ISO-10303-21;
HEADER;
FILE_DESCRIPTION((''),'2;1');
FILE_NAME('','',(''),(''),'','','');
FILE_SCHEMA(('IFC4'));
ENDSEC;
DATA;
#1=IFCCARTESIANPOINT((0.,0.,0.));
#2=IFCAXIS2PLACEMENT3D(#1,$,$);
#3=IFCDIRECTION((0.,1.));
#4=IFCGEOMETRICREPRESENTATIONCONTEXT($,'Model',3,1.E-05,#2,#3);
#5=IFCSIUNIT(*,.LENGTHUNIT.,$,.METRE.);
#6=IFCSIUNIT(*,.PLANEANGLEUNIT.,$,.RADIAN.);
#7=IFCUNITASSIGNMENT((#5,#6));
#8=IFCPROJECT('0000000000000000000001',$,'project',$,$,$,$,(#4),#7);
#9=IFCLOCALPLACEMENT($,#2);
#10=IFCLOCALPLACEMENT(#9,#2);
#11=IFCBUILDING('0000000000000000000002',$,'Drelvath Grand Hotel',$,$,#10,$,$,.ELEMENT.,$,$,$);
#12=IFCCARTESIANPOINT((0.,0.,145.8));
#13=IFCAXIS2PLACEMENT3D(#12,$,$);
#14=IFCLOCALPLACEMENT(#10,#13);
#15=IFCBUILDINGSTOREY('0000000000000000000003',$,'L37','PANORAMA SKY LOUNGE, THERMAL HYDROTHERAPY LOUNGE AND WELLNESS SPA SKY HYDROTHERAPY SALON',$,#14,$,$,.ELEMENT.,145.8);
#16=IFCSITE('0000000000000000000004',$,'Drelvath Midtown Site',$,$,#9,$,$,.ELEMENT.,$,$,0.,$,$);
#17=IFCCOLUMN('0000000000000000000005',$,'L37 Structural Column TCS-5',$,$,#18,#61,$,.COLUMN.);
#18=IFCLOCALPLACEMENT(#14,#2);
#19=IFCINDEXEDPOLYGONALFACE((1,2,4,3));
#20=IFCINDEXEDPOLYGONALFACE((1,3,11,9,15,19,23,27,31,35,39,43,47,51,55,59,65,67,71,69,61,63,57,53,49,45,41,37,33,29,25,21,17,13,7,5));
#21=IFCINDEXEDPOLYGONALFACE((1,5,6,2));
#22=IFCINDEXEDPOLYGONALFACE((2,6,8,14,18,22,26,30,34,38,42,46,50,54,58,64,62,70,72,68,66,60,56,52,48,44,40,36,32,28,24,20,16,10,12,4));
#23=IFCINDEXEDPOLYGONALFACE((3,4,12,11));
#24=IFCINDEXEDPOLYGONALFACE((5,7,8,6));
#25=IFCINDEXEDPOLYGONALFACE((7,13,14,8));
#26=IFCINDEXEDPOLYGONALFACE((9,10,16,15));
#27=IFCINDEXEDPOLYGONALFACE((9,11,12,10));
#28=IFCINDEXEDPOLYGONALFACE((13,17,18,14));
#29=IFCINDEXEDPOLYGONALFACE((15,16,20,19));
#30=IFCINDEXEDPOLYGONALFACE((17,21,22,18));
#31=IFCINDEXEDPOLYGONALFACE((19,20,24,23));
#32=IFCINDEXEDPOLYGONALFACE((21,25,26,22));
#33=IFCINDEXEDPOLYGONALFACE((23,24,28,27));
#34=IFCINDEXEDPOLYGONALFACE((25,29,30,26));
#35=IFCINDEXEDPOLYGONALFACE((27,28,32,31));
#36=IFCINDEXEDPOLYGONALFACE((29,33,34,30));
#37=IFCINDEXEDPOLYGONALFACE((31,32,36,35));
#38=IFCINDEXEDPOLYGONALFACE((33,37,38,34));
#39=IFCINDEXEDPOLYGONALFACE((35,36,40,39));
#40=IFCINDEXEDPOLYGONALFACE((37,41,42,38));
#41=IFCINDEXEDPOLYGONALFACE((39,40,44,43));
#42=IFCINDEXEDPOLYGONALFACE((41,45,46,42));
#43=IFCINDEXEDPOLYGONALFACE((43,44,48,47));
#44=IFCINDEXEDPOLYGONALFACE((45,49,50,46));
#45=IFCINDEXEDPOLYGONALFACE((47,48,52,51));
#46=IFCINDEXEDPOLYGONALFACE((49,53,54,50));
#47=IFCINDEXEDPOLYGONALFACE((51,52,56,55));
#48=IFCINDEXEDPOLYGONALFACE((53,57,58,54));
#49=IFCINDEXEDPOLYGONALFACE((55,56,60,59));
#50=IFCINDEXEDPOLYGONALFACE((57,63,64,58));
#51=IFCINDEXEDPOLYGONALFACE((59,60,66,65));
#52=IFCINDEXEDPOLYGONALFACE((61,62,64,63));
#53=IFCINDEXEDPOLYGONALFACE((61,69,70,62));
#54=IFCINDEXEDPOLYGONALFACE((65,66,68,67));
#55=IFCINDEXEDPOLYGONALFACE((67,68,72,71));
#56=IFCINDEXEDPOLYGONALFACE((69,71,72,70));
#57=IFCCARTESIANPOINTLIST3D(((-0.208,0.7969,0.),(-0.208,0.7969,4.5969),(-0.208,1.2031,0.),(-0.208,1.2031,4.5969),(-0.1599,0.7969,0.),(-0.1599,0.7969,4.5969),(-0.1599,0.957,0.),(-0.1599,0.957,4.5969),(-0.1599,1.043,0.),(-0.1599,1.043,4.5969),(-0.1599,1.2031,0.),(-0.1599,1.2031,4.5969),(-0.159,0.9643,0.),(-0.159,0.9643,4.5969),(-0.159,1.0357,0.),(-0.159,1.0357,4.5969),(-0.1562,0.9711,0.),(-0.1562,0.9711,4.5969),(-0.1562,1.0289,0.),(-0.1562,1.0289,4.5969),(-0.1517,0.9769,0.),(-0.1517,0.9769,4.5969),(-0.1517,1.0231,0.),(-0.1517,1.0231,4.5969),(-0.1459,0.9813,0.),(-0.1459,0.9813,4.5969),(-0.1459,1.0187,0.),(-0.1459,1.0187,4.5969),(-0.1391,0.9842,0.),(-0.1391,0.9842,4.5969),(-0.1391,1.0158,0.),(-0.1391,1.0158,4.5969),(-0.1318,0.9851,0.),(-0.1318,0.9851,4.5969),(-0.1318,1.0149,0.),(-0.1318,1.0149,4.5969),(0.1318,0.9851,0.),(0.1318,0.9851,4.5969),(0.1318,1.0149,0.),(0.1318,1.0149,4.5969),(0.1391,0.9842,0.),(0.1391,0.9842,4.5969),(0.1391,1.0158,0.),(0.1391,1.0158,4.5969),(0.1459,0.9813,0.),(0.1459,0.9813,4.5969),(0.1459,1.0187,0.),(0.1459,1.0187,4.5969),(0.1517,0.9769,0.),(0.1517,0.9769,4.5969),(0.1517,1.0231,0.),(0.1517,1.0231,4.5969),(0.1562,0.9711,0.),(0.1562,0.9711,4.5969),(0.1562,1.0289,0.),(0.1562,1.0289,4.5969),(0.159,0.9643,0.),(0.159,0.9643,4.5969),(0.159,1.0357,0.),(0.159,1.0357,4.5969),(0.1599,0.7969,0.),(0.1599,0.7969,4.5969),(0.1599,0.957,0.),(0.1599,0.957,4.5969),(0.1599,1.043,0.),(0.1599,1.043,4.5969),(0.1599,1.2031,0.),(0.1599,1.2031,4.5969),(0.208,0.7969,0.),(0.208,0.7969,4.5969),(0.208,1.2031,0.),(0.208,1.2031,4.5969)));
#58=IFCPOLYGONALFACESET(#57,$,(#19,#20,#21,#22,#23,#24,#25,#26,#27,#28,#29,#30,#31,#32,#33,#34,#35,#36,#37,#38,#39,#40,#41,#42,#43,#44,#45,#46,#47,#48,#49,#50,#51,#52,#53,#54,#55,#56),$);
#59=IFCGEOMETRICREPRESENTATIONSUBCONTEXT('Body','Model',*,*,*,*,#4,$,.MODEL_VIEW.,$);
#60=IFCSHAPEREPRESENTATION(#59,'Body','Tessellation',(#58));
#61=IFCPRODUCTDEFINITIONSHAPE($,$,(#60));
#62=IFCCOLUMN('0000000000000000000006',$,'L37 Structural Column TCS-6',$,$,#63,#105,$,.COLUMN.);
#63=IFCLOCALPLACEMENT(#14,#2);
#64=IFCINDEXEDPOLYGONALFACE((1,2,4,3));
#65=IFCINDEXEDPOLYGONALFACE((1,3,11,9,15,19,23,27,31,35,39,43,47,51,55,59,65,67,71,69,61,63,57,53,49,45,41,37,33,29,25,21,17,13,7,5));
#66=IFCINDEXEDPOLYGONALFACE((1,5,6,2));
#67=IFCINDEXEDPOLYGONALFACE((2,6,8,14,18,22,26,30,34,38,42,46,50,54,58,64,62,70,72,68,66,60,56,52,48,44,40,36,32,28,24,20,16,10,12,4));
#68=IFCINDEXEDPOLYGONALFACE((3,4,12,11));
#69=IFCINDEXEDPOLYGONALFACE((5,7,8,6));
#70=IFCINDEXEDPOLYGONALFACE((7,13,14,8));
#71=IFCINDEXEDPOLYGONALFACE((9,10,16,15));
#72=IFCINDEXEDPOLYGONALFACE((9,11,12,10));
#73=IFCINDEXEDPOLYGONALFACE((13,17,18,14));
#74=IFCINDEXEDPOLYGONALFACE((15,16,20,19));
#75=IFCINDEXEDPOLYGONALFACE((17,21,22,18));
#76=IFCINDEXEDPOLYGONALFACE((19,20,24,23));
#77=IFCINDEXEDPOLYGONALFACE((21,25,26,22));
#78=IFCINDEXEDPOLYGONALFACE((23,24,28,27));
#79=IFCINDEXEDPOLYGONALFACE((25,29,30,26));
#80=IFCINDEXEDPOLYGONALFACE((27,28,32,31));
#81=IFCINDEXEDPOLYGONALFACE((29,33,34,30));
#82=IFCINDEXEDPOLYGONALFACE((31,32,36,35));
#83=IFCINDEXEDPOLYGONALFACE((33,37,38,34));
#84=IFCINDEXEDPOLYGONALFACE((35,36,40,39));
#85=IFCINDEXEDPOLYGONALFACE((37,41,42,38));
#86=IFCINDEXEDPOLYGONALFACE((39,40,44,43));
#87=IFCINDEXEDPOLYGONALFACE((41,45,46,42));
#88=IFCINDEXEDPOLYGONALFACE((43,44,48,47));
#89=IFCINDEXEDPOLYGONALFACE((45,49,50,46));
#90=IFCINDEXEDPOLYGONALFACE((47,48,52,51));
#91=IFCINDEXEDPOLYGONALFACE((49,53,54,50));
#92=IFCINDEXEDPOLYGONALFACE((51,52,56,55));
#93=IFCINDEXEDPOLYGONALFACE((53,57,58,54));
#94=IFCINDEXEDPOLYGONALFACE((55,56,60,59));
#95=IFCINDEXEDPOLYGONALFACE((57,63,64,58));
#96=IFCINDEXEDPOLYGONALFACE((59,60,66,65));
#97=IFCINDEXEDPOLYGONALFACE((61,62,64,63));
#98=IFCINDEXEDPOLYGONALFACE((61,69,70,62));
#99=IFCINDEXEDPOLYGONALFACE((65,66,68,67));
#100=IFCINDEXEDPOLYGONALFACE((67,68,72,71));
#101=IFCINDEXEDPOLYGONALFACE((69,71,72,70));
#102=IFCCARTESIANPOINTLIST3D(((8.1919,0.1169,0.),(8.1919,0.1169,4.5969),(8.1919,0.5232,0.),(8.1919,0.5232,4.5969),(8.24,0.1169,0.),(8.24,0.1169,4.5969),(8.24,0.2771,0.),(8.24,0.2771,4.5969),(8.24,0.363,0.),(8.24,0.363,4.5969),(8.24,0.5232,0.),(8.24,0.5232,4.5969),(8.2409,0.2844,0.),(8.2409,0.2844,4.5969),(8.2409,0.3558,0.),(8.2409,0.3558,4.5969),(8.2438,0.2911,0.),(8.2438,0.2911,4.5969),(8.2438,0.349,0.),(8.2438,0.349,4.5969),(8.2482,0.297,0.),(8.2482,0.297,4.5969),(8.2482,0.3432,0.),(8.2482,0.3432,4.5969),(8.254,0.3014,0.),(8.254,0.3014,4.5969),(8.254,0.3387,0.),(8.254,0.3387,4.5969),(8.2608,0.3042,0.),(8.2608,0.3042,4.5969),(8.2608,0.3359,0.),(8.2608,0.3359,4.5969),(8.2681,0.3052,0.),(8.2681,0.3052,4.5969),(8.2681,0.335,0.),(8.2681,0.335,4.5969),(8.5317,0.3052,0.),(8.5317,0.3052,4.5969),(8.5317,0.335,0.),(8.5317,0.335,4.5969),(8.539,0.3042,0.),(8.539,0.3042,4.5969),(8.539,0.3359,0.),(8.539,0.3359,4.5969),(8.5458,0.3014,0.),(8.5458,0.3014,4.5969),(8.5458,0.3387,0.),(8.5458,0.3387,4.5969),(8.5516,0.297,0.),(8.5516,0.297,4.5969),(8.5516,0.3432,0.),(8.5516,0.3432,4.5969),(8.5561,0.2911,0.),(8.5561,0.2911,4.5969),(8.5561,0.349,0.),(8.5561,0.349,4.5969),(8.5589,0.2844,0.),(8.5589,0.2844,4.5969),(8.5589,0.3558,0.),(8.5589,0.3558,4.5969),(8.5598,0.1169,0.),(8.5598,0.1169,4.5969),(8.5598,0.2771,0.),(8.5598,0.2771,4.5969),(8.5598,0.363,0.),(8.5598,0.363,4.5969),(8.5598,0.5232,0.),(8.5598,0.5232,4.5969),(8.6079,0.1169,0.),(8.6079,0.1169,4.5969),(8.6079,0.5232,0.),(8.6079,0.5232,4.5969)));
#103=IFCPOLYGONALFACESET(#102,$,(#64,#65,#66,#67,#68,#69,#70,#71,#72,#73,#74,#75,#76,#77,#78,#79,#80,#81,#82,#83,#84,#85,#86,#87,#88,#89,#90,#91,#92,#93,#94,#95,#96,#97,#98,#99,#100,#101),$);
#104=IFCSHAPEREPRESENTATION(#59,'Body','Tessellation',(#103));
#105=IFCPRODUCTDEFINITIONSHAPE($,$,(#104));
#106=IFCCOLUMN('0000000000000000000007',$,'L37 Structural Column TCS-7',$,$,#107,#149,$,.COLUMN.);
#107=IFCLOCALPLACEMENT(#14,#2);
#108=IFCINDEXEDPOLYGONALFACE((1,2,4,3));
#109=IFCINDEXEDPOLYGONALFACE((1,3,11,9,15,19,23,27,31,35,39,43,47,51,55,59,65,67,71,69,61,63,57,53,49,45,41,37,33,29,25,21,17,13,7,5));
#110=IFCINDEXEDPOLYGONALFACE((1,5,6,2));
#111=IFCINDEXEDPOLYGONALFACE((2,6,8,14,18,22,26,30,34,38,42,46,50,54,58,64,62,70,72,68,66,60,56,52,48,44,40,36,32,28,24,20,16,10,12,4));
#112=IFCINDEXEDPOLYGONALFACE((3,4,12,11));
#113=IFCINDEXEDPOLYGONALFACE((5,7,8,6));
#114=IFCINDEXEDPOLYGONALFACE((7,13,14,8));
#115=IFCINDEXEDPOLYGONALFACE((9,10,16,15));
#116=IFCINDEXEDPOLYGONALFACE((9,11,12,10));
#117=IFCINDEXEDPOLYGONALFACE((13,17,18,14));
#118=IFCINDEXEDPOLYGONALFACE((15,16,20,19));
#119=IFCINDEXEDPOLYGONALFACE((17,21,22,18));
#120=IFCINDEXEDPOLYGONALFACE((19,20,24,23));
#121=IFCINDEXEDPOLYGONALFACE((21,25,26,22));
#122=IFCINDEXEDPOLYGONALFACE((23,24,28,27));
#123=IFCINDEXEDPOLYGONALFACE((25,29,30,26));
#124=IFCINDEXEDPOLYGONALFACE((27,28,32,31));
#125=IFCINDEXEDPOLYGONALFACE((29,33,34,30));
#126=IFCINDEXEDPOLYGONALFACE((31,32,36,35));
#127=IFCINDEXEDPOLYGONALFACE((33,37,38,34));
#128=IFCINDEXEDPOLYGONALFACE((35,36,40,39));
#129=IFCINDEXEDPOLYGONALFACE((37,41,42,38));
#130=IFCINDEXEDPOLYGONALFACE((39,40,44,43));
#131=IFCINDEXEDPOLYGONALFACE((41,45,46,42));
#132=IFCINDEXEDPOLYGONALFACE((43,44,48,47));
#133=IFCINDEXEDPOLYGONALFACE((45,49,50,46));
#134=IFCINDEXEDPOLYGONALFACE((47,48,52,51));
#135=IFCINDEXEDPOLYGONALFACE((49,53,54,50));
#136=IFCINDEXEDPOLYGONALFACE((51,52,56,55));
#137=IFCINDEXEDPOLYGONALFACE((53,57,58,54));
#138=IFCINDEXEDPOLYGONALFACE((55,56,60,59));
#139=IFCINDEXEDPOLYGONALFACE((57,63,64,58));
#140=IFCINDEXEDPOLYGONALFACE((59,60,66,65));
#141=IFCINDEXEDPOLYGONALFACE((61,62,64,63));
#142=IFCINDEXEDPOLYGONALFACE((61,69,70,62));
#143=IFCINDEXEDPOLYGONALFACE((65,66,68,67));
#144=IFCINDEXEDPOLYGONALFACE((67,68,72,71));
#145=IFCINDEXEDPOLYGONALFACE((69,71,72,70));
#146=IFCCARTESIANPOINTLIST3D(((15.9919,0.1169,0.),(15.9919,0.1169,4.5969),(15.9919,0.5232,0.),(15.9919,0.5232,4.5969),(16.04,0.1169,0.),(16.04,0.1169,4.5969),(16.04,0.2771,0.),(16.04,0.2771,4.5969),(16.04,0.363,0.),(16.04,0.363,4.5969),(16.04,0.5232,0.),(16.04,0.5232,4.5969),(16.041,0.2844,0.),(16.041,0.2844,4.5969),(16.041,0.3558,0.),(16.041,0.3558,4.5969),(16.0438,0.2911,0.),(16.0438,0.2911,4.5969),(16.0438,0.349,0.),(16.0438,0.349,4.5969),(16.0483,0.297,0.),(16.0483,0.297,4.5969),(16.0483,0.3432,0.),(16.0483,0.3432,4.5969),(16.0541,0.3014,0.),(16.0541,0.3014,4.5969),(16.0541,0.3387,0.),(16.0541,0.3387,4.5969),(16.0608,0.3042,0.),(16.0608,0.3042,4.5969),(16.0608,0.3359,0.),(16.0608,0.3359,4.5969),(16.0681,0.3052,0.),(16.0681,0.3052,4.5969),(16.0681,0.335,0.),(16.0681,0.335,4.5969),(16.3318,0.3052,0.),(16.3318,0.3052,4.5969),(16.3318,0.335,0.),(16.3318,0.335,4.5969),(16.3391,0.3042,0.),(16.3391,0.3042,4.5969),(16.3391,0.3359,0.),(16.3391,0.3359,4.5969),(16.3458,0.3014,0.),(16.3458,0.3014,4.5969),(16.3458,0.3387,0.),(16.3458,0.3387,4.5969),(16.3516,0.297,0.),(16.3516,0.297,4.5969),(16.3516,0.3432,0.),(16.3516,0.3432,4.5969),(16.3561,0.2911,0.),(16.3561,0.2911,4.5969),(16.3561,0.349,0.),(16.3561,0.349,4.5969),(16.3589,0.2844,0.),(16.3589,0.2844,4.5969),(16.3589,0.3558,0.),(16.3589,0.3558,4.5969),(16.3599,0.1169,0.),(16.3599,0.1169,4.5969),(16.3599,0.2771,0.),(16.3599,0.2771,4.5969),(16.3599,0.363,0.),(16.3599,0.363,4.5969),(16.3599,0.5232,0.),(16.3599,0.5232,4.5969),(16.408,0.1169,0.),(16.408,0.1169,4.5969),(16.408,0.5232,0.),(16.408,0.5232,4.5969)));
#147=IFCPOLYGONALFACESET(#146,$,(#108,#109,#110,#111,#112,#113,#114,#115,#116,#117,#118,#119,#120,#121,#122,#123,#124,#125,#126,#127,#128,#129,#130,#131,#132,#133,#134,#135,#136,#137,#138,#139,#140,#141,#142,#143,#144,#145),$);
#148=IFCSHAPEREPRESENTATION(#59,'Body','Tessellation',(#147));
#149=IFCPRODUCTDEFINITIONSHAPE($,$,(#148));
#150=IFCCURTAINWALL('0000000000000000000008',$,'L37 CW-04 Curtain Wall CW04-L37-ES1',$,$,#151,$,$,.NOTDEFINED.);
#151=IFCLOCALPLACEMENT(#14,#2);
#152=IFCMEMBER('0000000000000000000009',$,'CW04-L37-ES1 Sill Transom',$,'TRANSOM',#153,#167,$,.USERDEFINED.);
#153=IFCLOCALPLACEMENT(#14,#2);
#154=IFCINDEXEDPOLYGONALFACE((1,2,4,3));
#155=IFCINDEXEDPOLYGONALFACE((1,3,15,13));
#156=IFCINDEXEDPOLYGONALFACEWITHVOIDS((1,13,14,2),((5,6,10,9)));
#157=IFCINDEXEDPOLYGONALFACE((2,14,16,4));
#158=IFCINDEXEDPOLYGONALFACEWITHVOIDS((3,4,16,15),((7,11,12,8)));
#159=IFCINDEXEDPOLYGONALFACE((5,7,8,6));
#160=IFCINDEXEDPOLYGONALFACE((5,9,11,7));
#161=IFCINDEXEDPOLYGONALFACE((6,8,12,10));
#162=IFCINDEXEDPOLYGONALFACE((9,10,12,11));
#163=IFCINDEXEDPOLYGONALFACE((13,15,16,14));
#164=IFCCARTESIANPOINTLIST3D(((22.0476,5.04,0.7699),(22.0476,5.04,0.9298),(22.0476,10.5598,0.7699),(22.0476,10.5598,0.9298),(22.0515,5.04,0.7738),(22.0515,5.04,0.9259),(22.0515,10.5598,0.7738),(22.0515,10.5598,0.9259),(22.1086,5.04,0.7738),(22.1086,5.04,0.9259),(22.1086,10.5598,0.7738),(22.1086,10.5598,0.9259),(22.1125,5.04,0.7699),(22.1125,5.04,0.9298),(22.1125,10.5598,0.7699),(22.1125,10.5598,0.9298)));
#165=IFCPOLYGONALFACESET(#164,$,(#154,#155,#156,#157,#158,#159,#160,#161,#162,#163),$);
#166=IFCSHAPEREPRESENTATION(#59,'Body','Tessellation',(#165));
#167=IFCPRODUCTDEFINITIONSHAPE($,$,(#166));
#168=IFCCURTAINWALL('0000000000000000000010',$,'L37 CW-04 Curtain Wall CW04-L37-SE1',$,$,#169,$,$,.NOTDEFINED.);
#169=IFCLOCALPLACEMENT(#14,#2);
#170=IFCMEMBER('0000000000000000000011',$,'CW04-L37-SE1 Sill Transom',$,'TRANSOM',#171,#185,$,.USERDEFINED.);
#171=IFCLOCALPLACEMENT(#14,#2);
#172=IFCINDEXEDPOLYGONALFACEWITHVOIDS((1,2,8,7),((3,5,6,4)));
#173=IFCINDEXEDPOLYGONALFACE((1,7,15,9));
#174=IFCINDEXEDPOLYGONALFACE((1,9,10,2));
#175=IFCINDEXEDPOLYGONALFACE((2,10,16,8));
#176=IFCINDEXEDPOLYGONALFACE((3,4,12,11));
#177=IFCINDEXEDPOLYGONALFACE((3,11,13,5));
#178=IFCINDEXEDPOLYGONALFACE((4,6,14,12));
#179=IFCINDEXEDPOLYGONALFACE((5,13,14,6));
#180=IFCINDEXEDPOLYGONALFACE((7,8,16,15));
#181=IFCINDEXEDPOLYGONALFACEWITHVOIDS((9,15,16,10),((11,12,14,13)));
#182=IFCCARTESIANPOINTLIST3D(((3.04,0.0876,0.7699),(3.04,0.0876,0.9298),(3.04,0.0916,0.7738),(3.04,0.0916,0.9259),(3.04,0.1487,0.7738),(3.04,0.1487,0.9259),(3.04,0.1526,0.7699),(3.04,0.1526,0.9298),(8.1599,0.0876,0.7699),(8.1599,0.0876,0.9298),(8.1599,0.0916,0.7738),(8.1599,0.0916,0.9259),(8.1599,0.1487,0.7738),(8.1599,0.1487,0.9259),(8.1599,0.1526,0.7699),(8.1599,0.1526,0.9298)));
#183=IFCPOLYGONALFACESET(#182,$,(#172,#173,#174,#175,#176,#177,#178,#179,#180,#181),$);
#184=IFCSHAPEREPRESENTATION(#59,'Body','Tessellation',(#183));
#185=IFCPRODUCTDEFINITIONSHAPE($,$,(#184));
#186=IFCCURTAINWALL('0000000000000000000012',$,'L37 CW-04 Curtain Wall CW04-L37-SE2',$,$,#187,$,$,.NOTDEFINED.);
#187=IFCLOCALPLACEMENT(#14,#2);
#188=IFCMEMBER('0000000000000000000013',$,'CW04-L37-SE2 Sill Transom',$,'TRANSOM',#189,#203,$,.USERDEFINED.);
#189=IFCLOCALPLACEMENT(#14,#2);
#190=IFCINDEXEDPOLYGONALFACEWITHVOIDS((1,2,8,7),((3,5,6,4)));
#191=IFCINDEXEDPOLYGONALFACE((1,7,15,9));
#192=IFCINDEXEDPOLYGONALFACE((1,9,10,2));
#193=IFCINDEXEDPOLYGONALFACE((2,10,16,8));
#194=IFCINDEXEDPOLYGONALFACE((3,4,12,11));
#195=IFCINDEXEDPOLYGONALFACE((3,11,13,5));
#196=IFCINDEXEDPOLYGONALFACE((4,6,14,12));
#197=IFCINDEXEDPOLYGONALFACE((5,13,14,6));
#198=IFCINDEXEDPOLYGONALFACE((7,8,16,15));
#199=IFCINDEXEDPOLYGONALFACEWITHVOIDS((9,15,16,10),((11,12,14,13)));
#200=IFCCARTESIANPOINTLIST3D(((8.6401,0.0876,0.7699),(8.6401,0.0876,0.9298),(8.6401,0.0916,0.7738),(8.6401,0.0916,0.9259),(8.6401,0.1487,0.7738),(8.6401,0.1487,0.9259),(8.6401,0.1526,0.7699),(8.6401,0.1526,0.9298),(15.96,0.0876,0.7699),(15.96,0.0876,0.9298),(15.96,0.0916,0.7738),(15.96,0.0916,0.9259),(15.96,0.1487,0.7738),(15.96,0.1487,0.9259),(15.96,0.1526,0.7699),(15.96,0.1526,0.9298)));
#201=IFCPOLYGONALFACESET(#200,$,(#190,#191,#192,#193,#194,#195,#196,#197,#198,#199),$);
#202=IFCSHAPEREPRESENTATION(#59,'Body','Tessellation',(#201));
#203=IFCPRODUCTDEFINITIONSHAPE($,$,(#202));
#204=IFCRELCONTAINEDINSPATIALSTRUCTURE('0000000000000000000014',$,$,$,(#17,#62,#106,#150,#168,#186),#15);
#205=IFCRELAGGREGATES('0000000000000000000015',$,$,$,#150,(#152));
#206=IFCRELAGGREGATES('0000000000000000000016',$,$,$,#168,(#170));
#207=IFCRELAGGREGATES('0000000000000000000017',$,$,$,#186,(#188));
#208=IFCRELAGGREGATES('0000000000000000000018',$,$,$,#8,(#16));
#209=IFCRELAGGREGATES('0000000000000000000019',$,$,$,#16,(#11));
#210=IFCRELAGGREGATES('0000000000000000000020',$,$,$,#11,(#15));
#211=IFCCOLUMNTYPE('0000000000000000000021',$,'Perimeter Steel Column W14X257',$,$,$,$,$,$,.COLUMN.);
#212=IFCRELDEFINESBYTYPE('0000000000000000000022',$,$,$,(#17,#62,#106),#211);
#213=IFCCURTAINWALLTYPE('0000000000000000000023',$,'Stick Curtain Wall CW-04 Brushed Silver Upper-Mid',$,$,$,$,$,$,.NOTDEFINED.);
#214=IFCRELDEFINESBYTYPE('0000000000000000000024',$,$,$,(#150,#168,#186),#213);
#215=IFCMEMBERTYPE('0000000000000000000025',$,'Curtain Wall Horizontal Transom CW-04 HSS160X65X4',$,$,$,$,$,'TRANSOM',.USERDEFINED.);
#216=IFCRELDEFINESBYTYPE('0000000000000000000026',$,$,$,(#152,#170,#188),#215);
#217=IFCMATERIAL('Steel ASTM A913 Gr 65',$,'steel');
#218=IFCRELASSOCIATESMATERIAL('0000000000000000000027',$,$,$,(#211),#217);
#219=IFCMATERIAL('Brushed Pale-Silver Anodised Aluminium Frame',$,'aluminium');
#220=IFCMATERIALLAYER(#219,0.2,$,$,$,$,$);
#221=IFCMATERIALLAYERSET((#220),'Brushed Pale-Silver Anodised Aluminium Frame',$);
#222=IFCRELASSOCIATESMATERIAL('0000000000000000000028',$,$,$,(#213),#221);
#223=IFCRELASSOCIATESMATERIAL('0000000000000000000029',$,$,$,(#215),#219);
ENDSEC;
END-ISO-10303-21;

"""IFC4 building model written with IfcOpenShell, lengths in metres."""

from ifc_helpers import new_model, si_unit, direction, frame, origin, origin_2d, place, context, subcontext, project, spatial, hollow_rectangle, i_section, extrude, material, layer, layer_set, material_profile, profile_set, type_object, element, aggregate, save


model = new_model("IFC4")

# Units and contexts
model_context = context("Model", 3, precision=1e-05, world=origin(), true_north=direction((0.0, 1.0)))
body_context = subcontext(model_context, "Body", "Model", "MODEL_VIEW")
ifc_project = project(units=[si_unit("LENGTHUNIT", "METRE"), si_unit("PLANEANGLEUNIT", "RADIAN")], contexts=[model_context])

# Site, building, storey
site_placement = place(None, origin())
site = spatial("IfcSite", under=ifc_project, at=site_placement, Name="Drelvath Midtown Site", CompositionType="ELEMENT", RefElevation=0.0)
building_placement = place(site_placement, origin())
building = spatial("IfcBuilding", under=site, at=building_placement, Name="Drelvath Grand Hotel", CompositionType="ELEMENT")
storey_placement = place(building_placement, frame((0.0, 0.0, 145.8)))
storey = spatial("IfcBuildingStorey", under=building, at=storey_placement, Name="L37", Description="PANORAMA SKY LOUNGE, THERMAL HYDROTHERAPY LOUNGE AND WELLNESS SPA SKY HYDROTHERAPY SALON", CompositionType="ELEMENT", Elevation=145.8)

# Columns
ifc_material_1 = material(Name="Steel ASTM A913 Gr 65", Category="steel")
ifc_material_profile_1 = material_profile(ifc_material_1, i_section(OverallWidth=0.4062, OverallDepth=0.416, WebThickness=0.0298, FlangeThickness=0.0481, FilletRadius=0.0281, at=origin_2d()), Name="W14X257")
ifc_profile_set_1 = profile_set([ifc_material_profile_1], Name="Steel ASTM A913 Gr 65")
column_type = type_object("IfcColumnType", Name="Perimeter Steel Column W14X257", PredefinedType="COLUMN", material=ifc_profile_set_1)
for number, where, z_axis, x_axis, name in (
    (1, (0.0, 1.0, 0.0), (0.0, 0.0, 1.0), (0.0, 1.0, 0.0), "L37 Structural Column TCS-5"),
    (2, (8.3999, 0.3201, 0.0), (0.0, 0.0, 1.0), (0.0, 1.0, 0.0), "L37 Structural Column TCS-6"),
    (3, (16.2, 0.3201, 0.0), (0.0, 0.0, 1.0), (0.0, 1.0, 0.0), "L37 Structural Column TCS-7"),
):
    element("IfcColumn", number, at=place(storey_placement, frame(where, z_axis=z_axis, x_axis=x_axis)), inside=storey, type_object=column_type, Name=name, PredefinedType="COLUMN", context=body_context, shape_type="SweptSolid", body=[
        extrude(i_section(OverallWidth=0.4062, OverallDepth=0.416, WebThickness=0.0298, FlangeThickness=0.0481, FilletRadius=0.0281, at=origin_2d()), origin(), (0.0, 0.0, 1.0), 4.5969),
    ])

# Curtain walls, members
ifc_material_2 = material(Name="Brushed Pale-Silver Anodised Aluminium Frame", Category="aluminium")
ifc_layer_1 = layer(ifc_material_2, 0.2)
ifc_layer_set_1 = layer_set([ifc_layer_1], Name="Brushed Pale-Silver Anodised Aluminium Frame")
curtain_wall_type = type_object("IfcCurtainWallType", Name="Stick Curtain Wall CW-04 Brushed Silver Upper-Mid", PredefinedType="NOTDEFINED", material=ifc_layer_set_1)
curtain_wall_1_placement = place(storey_placement, origin())
curtain_wall_1 = element("IfcCurtainWall", 4, at=curtain_wall_1_placement, inside=storey, type_object=curtain_wall_type, Name="L37 CW-04 Curtain Wall CW04-L37-ES1", PredefinedType="NOTDEFINED")
ifc_material_profile_2 = material_profile(ifc_material_2, hollow_rectangle(XDim=0.0649, YDim=0.1599, WallThickness=0.0039, at=origin_2d()), Name="HSS160X65X4")
ifc_profile_set_2 = profile_set([ifc_material_profile_2], Name="Brushed Pale-Silver Anodised Aluminium Frame")
member_type_1 = type_object("IfcMemberType", Name="Curtain Wall Horizontal Transom CW-04 HSS160X65X4", ElementType="TRANSOM", PredefinedType="USERDEFINED", material=ifc_profile_set_2)
member_1_placement = place(storey_placement, frame((22.0801, 10.5598, 0.8499), z_axis=(0.0, -1.0, 0.0), x_axis=(1.0, 0.0, 0.0)))
member_1 = element("IfcMember", 5, at=member_1_placement, type_object=member_type_1, Name="CW04-L37-ES1 Sill Transom", ObjectType="TRANSOM", PredefinedType="USERDEFINED", context=body_context, shape_type="SweptSolid", body=[
    extrude(hollow_rectangle(XDim=0.0649, YDim=0.1599, WallThickness=0.0039, at=origin_2d()), origin(), (0.0, 0.0, 1.0), 5.5198),
])
curtain_wall_2_placement = place(storey_placement, origin())
curtain_wall_2 = element("IfcCurtainWall", 6, at=curtain_wall_2_placement, inside=storey, type_object=curtain_wall_type, Name="L37 CW-04 Curtain Wall CW04-L37-SE1", PredefinedType="NOTDEFINED")
member_2_placement = place(storey_placement, frame((8.1599, 0.1201, 0.8499), z_axis=(-1.0, 0.0, 0.0), x_axis=(0.0, -1.0, 0.0)))
member_2 = element("IfcMember", 7, at=member_2_placement, type_object=member_type_1, Name="CW04-L37-SE1 Sill Transom", ObjectType="TRANSOM", PredefinedType="USERDEFINED", context=body_context, shape_type="SweptSolid", body=[
    extrude(hollow_rectangle(XDim=0.0649, YDim=0.1599, WallThickness=0.0039, at=origin_2d()), origin(), (0.0, 0.0, 1.0), 5.1199),
])
curtain_wall_3_placement = place(storey_placement, origin())
curtain_wall_3 = element("IfcCurtainWall", 8, at=curtain_wall_3_placement, inside=storey, type_object=curtain_wall_type, Name="L37 CW-04 Curtain Wall CW04-L37-SE2", PredefinedType="NOTDEFINED")
member_3_placement = place(storey_placement, frame((15.96, 0.1201, 0.8499), z_axis=(-1.0, 0.0, 0.0), x_axis=(0.0, -1.0, 0.0)))
member_3 = element("IfcMember", 9, at=member_3_placement, type_object=member_type_1, Name="CW04-L37-SE2 Sill Transom", ObjectType="TRANSOM", PredefinedType="USERDEFINED", context=body_context, shape_type="SweptSolid", body=[
    extrude(hollow_rectangle(XDim=0.0649, YDim=0.1599, WallThickness=0.0039, at=origin_2d()), origin(), (0.0, 0.0, 1.0), 7.3198),
])

aggregate(curtain_wall_1, [member_1])
aggregate(curtain_wall_2, [member_2])
aggregate(curtain_wall_3, [member_3])

save(model, "model.ifc")
